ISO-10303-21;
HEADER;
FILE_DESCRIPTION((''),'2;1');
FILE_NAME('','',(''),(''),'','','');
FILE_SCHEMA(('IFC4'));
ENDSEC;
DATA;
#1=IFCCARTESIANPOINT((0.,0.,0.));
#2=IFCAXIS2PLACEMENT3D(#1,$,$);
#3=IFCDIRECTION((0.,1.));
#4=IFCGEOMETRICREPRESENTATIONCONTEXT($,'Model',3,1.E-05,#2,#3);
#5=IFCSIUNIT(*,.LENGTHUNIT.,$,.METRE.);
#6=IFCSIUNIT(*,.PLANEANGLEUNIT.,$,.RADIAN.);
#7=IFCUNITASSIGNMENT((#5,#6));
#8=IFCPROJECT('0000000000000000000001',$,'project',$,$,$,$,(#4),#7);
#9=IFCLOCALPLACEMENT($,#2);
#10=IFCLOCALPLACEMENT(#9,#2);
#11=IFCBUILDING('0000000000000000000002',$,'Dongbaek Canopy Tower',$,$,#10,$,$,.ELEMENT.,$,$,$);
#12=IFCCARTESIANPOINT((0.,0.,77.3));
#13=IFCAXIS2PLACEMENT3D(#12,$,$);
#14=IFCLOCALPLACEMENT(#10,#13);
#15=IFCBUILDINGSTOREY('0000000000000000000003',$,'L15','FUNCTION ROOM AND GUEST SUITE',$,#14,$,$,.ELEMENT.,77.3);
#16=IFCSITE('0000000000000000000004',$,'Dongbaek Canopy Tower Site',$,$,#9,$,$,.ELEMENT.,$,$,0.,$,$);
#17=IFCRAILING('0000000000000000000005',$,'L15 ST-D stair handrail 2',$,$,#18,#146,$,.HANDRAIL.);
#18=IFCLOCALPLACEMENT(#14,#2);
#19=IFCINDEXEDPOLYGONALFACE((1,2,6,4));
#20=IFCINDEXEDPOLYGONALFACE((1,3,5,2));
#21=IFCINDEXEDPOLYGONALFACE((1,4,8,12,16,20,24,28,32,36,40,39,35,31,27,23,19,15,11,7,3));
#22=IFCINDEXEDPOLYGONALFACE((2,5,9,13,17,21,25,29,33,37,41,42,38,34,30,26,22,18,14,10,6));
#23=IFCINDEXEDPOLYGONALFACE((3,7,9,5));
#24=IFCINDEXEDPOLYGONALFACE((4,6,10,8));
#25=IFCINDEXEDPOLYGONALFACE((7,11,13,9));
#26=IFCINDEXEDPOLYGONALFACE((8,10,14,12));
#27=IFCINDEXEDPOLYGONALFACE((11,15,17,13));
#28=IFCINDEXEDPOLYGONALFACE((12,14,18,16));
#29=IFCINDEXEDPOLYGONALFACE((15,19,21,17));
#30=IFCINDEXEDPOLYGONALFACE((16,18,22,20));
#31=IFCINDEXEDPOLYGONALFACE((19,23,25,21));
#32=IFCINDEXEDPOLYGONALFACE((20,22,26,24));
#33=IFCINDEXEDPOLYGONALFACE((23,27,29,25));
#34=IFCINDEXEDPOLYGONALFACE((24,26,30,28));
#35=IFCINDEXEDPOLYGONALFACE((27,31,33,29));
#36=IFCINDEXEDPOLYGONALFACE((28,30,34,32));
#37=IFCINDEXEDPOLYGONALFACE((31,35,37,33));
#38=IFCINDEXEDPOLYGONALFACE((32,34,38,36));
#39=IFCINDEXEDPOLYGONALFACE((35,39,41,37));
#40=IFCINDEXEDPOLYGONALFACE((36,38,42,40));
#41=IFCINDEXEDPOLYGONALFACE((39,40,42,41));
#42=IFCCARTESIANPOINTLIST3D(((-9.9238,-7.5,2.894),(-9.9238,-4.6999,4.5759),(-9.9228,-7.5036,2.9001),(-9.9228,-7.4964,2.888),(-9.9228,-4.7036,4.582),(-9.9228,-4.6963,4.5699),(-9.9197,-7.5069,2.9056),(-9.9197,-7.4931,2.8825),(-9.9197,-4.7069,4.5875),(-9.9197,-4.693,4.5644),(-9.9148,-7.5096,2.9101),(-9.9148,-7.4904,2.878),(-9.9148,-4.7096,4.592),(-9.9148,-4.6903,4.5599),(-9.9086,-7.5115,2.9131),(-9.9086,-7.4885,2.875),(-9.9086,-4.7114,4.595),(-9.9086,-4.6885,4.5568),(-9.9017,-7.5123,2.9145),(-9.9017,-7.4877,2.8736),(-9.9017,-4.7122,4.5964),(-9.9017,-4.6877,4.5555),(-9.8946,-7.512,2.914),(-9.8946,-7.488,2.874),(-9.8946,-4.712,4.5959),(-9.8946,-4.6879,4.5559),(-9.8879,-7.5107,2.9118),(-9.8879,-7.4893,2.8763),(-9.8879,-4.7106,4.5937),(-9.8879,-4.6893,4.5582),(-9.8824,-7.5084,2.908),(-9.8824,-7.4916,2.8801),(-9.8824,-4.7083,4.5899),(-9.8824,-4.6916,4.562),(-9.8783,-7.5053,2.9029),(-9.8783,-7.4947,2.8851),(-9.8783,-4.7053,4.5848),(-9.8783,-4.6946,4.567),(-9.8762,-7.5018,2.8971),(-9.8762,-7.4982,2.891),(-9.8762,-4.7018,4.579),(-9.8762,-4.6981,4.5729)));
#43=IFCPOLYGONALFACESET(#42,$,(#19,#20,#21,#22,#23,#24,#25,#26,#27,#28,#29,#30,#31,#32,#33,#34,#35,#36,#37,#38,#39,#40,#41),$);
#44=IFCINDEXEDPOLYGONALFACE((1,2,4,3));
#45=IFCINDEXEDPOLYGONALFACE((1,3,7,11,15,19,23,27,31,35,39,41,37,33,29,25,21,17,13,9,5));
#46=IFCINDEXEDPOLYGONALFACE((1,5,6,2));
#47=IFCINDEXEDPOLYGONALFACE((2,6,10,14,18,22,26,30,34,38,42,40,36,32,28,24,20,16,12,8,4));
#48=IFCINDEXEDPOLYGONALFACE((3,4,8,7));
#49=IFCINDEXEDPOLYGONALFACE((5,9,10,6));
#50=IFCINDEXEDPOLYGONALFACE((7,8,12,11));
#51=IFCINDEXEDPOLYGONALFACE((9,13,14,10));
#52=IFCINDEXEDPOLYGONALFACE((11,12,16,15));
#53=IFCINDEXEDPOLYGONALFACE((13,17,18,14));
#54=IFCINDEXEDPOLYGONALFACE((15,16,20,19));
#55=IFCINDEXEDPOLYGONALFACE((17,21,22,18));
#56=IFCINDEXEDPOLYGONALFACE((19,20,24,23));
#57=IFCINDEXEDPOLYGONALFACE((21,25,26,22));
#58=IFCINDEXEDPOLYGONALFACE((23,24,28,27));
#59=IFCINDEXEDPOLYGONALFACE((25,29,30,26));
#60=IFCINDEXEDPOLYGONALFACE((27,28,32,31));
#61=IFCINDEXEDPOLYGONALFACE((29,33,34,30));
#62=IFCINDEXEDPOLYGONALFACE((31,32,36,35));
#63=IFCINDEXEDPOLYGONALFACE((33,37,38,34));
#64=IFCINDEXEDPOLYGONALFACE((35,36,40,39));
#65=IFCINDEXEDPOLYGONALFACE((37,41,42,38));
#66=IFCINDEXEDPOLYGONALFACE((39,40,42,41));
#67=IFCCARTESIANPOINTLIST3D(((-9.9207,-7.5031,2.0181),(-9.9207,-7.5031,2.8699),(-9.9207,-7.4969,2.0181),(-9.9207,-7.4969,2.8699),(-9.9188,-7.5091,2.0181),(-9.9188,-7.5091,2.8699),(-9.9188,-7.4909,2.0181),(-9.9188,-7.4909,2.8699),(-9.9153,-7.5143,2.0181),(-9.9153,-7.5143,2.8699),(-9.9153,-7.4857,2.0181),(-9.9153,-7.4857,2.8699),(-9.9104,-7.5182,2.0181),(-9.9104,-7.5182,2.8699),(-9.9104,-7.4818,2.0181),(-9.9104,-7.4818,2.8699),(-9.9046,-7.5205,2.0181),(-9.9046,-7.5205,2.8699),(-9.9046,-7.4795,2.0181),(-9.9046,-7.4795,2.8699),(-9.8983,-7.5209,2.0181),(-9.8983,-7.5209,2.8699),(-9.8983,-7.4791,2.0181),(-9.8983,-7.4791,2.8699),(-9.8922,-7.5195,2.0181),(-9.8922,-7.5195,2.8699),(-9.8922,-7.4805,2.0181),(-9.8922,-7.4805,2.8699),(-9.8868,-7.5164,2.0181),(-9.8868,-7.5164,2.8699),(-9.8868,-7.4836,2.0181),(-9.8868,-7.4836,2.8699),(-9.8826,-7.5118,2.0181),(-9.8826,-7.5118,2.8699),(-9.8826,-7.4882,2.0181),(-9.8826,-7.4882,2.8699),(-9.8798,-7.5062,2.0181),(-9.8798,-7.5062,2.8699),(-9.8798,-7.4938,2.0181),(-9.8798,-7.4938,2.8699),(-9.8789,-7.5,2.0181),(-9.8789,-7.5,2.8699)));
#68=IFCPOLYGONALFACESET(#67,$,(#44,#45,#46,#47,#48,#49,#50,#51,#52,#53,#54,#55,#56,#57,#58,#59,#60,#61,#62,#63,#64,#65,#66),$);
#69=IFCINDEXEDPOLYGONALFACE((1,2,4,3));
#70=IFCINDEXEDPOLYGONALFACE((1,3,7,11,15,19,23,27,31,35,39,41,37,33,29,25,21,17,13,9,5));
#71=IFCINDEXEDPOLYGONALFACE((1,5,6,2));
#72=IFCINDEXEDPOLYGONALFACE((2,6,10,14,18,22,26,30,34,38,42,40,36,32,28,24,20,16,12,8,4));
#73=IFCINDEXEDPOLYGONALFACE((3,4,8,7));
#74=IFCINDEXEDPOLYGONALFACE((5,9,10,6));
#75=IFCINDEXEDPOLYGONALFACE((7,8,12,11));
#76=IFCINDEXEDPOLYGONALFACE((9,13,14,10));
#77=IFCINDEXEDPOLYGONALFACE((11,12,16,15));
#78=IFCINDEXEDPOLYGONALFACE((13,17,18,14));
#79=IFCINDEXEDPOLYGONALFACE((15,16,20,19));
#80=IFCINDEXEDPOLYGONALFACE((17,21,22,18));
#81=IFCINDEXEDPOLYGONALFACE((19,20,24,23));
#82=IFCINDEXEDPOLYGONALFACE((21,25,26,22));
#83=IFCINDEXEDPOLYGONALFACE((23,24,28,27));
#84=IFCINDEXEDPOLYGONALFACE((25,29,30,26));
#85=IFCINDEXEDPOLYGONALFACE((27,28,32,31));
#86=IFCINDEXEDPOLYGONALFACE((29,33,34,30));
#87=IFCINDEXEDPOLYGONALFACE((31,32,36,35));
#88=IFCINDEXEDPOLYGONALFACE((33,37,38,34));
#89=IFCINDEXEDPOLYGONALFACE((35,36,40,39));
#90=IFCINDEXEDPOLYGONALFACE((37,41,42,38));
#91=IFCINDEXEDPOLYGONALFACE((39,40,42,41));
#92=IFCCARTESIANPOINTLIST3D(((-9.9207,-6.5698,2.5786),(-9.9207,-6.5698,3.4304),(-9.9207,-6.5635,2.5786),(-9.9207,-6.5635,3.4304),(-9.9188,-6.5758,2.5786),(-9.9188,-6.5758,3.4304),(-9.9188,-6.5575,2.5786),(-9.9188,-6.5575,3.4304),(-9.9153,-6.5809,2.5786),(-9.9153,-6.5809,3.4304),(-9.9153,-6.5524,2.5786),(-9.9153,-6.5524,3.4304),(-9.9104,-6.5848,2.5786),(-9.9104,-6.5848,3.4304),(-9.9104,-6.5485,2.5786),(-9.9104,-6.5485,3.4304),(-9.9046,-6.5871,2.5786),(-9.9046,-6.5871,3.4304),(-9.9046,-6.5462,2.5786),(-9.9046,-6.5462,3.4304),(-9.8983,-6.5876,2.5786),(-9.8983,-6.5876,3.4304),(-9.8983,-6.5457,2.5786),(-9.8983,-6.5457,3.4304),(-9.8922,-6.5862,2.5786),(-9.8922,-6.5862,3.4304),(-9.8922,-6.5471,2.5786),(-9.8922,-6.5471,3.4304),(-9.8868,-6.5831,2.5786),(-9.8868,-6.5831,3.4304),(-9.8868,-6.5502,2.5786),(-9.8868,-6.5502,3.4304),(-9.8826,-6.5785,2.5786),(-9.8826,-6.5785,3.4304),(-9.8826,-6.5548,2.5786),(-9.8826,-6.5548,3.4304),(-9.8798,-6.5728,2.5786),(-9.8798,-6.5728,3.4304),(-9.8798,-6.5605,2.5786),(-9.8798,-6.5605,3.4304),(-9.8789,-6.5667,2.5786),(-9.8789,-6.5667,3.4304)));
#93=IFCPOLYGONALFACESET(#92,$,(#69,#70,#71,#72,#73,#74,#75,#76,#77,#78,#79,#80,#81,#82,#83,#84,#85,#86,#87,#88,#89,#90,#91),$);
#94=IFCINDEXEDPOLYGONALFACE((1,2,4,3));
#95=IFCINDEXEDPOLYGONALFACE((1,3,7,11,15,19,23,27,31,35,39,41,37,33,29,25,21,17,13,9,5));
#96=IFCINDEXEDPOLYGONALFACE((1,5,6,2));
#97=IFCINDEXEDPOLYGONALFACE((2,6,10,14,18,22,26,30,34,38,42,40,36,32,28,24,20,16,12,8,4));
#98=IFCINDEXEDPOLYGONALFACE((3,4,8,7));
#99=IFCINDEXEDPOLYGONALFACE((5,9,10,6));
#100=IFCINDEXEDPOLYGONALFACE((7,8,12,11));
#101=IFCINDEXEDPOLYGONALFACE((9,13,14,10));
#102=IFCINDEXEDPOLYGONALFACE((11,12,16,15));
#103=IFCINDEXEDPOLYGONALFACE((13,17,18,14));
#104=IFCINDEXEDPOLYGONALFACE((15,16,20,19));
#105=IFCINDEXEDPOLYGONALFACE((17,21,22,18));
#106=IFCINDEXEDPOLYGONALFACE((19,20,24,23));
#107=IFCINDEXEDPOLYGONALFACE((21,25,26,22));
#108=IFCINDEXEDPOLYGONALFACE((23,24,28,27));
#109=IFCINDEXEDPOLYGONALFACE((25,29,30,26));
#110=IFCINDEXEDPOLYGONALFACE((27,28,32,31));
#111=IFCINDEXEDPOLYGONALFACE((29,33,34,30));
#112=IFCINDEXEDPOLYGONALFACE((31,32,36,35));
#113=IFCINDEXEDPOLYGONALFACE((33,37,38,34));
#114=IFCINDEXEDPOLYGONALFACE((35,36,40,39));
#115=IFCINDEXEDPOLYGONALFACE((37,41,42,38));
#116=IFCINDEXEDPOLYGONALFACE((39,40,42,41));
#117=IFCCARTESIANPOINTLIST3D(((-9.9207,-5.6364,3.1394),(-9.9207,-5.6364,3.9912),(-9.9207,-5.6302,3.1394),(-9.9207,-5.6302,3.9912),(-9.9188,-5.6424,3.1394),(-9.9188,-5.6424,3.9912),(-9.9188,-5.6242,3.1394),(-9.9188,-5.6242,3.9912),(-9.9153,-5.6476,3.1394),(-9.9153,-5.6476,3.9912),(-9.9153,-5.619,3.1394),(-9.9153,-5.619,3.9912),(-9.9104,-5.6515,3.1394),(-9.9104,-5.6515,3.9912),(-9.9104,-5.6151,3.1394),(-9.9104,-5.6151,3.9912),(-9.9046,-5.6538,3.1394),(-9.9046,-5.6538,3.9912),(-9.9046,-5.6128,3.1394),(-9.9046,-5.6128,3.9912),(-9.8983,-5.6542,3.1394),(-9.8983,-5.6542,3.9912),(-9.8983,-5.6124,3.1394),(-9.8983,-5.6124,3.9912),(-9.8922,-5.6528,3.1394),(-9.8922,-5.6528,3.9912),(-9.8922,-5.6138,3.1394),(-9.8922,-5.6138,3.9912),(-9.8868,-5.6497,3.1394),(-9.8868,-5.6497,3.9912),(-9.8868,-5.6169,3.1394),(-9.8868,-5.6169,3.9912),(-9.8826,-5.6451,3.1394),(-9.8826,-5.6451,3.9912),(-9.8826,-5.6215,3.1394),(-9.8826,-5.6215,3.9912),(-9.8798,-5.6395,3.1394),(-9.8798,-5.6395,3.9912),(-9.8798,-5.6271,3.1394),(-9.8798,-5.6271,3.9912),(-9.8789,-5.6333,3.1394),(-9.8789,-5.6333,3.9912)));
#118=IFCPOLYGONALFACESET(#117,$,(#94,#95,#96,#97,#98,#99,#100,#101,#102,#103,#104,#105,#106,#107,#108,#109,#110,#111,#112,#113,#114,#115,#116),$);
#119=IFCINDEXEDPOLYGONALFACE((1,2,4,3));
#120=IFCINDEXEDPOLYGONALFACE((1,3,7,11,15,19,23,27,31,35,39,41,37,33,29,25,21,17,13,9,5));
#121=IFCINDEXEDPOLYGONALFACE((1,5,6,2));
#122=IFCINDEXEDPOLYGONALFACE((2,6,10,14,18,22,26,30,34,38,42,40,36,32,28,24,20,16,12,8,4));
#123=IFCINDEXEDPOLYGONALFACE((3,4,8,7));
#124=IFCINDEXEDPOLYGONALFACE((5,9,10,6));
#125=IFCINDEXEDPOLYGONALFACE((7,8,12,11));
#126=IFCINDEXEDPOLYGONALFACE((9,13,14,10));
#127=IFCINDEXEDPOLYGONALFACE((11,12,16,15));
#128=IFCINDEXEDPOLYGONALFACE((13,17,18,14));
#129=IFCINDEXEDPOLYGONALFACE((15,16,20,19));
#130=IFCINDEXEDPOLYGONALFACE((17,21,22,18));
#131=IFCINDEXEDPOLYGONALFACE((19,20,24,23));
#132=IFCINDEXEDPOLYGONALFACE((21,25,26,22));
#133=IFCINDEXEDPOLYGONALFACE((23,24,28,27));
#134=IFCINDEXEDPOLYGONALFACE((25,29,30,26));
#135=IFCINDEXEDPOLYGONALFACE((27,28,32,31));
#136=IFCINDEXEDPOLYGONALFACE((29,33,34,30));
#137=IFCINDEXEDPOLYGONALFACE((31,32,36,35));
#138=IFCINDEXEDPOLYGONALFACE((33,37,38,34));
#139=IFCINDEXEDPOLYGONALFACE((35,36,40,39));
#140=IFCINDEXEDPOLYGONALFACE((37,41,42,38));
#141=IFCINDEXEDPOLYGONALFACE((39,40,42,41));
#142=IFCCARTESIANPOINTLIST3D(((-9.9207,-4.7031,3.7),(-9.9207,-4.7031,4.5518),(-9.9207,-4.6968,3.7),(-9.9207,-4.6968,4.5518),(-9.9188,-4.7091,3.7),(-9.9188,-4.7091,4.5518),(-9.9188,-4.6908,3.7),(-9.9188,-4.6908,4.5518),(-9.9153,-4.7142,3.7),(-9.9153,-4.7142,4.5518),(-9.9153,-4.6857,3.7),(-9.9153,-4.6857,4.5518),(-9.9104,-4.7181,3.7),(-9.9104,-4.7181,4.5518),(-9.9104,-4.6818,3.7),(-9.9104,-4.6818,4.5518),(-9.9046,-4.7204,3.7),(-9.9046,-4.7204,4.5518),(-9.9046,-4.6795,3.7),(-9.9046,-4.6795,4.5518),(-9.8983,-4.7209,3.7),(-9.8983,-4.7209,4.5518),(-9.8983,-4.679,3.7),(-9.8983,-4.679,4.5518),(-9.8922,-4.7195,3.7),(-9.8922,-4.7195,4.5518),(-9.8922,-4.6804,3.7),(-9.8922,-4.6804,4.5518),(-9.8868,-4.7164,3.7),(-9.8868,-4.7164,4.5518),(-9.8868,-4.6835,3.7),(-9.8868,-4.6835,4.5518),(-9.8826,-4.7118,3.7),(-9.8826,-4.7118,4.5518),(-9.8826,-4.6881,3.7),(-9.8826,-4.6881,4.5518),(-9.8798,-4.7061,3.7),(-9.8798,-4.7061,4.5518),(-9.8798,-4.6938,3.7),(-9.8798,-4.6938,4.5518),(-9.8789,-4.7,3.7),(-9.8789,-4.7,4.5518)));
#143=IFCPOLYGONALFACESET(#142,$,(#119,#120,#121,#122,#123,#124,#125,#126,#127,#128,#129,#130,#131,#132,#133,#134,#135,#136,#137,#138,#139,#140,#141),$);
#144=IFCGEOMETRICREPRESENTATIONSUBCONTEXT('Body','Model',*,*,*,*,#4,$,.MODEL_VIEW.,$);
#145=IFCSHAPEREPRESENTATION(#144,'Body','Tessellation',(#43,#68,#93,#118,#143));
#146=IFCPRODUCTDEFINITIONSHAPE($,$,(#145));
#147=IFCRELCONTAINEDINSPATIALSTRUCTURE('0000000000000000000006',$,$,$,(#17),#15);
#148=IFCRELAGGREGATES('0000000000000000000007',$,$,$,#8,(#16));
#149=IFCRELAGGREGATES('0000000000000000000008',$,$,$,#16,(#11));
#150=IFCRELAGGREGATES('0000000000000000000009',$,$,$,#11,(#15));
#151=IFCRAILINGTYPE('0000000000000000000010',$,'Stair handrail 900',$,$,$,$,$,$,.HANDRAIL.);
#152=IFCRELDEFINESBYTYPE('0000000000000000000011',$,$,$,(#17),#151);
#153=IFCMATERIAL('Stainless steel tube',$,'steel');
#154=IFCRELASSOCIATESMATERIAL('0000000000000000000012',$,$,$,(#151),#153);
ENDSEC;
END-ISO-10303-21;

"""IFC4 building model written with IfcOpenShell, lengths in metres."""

from ifc_helpers import new_model, si_unit, direction, frame, origin, origin_2d, place, context, subcontext, project, spatial, circle, extrude, material, type_object, element, save


model = new_model("IFC4")

# Units and contexts
model_context = context("Model", 3, precision=1e-05, world=origin(), true_north=direction((0.0, 1.0)))
body_context = subcontext(model_context, "Body", "Model", "MODEL_VIEW")
ifc_project = project(units=[si_unit("LENGTHUNIT", "METRE"), si_unit("PLANEANGLEUNIT", "RADIAN")], contexts=[model_context])

# Site, building, storey
site_placement = place(None, origin())
site = spatial("IfcSite", under=ifc_project, at=site_placement, Name="Dongbaek Canopy Tower Site", CompositionType="ELEMENT", RefElevation=0.0)
building_placement = place(site_placement, origin())
building = spatial("IfcBuilding", under=site, at=building_placement, Name="Dongbaek Canopy Tower", CompositionType="ELEMENT")
storey_placement = place(building_placement, frame((0.0, 0.0, 77.3)))
storey = spatial("IfcBuildingStorey", under=building, at=storey_placement, Name="L15", Description="FUNCTION ROOM AND GUEST SUITE", CompositionType="ELEMENT", Elevation=77.3)

# Railing
ifc_material_1 = material(Name="Stainless steel tube", Category="steel")
railing_type_1 = type_object("IfcRailingType", Name="Stair handrail 900", PredefinedType="HANDRAIL", material=ifc_material_1)
railing_1_placement = place(storey_placement, frame((-9.8999, -7.5, 2.0181)))
element("IfcRailing", 1, at=railing_1_placement, inside=storey, type_object=railing_type_1, Name="L15 ST-D stair handrail 2", PredefinedType="HANDRAIL", context=body_context, shape_type="SweptSolid", body=[
    extrude(circle(Radius=0.0239, at=origin_2d()), frame((0.0, 0.0, 0.876), z_axis=(0.0, 0.857242, 0.514913), x_axis=(-1.0, 0.0, 0.0)), (0.0, 0.0, 1.0), 3.2664),
    extrude(circle(Radius=0.021, at=origin_2d()), origin(), (0.0, 0.0, 1.0), 0.8518),
    extrude(circle(Radius=0.021, at=origin_2d()), frame((0.0, 0.9333, 0.5605)), (0.0, 0.0, 1.0), 0.8518),
    extrude(circle(Radius=0.021, at=origin_2d()), frame((0.0, 1.8667, 1.1213)), (0.0, 0.0, 1.0), 0.8518),
    extrude(circle(Radius=0.021, at=origin_2d()), frame((0.0, 2.8, 1.6819)), (0.0, 0.0, 1.0), 0.8518),
])

save(model, "model.ifc")
